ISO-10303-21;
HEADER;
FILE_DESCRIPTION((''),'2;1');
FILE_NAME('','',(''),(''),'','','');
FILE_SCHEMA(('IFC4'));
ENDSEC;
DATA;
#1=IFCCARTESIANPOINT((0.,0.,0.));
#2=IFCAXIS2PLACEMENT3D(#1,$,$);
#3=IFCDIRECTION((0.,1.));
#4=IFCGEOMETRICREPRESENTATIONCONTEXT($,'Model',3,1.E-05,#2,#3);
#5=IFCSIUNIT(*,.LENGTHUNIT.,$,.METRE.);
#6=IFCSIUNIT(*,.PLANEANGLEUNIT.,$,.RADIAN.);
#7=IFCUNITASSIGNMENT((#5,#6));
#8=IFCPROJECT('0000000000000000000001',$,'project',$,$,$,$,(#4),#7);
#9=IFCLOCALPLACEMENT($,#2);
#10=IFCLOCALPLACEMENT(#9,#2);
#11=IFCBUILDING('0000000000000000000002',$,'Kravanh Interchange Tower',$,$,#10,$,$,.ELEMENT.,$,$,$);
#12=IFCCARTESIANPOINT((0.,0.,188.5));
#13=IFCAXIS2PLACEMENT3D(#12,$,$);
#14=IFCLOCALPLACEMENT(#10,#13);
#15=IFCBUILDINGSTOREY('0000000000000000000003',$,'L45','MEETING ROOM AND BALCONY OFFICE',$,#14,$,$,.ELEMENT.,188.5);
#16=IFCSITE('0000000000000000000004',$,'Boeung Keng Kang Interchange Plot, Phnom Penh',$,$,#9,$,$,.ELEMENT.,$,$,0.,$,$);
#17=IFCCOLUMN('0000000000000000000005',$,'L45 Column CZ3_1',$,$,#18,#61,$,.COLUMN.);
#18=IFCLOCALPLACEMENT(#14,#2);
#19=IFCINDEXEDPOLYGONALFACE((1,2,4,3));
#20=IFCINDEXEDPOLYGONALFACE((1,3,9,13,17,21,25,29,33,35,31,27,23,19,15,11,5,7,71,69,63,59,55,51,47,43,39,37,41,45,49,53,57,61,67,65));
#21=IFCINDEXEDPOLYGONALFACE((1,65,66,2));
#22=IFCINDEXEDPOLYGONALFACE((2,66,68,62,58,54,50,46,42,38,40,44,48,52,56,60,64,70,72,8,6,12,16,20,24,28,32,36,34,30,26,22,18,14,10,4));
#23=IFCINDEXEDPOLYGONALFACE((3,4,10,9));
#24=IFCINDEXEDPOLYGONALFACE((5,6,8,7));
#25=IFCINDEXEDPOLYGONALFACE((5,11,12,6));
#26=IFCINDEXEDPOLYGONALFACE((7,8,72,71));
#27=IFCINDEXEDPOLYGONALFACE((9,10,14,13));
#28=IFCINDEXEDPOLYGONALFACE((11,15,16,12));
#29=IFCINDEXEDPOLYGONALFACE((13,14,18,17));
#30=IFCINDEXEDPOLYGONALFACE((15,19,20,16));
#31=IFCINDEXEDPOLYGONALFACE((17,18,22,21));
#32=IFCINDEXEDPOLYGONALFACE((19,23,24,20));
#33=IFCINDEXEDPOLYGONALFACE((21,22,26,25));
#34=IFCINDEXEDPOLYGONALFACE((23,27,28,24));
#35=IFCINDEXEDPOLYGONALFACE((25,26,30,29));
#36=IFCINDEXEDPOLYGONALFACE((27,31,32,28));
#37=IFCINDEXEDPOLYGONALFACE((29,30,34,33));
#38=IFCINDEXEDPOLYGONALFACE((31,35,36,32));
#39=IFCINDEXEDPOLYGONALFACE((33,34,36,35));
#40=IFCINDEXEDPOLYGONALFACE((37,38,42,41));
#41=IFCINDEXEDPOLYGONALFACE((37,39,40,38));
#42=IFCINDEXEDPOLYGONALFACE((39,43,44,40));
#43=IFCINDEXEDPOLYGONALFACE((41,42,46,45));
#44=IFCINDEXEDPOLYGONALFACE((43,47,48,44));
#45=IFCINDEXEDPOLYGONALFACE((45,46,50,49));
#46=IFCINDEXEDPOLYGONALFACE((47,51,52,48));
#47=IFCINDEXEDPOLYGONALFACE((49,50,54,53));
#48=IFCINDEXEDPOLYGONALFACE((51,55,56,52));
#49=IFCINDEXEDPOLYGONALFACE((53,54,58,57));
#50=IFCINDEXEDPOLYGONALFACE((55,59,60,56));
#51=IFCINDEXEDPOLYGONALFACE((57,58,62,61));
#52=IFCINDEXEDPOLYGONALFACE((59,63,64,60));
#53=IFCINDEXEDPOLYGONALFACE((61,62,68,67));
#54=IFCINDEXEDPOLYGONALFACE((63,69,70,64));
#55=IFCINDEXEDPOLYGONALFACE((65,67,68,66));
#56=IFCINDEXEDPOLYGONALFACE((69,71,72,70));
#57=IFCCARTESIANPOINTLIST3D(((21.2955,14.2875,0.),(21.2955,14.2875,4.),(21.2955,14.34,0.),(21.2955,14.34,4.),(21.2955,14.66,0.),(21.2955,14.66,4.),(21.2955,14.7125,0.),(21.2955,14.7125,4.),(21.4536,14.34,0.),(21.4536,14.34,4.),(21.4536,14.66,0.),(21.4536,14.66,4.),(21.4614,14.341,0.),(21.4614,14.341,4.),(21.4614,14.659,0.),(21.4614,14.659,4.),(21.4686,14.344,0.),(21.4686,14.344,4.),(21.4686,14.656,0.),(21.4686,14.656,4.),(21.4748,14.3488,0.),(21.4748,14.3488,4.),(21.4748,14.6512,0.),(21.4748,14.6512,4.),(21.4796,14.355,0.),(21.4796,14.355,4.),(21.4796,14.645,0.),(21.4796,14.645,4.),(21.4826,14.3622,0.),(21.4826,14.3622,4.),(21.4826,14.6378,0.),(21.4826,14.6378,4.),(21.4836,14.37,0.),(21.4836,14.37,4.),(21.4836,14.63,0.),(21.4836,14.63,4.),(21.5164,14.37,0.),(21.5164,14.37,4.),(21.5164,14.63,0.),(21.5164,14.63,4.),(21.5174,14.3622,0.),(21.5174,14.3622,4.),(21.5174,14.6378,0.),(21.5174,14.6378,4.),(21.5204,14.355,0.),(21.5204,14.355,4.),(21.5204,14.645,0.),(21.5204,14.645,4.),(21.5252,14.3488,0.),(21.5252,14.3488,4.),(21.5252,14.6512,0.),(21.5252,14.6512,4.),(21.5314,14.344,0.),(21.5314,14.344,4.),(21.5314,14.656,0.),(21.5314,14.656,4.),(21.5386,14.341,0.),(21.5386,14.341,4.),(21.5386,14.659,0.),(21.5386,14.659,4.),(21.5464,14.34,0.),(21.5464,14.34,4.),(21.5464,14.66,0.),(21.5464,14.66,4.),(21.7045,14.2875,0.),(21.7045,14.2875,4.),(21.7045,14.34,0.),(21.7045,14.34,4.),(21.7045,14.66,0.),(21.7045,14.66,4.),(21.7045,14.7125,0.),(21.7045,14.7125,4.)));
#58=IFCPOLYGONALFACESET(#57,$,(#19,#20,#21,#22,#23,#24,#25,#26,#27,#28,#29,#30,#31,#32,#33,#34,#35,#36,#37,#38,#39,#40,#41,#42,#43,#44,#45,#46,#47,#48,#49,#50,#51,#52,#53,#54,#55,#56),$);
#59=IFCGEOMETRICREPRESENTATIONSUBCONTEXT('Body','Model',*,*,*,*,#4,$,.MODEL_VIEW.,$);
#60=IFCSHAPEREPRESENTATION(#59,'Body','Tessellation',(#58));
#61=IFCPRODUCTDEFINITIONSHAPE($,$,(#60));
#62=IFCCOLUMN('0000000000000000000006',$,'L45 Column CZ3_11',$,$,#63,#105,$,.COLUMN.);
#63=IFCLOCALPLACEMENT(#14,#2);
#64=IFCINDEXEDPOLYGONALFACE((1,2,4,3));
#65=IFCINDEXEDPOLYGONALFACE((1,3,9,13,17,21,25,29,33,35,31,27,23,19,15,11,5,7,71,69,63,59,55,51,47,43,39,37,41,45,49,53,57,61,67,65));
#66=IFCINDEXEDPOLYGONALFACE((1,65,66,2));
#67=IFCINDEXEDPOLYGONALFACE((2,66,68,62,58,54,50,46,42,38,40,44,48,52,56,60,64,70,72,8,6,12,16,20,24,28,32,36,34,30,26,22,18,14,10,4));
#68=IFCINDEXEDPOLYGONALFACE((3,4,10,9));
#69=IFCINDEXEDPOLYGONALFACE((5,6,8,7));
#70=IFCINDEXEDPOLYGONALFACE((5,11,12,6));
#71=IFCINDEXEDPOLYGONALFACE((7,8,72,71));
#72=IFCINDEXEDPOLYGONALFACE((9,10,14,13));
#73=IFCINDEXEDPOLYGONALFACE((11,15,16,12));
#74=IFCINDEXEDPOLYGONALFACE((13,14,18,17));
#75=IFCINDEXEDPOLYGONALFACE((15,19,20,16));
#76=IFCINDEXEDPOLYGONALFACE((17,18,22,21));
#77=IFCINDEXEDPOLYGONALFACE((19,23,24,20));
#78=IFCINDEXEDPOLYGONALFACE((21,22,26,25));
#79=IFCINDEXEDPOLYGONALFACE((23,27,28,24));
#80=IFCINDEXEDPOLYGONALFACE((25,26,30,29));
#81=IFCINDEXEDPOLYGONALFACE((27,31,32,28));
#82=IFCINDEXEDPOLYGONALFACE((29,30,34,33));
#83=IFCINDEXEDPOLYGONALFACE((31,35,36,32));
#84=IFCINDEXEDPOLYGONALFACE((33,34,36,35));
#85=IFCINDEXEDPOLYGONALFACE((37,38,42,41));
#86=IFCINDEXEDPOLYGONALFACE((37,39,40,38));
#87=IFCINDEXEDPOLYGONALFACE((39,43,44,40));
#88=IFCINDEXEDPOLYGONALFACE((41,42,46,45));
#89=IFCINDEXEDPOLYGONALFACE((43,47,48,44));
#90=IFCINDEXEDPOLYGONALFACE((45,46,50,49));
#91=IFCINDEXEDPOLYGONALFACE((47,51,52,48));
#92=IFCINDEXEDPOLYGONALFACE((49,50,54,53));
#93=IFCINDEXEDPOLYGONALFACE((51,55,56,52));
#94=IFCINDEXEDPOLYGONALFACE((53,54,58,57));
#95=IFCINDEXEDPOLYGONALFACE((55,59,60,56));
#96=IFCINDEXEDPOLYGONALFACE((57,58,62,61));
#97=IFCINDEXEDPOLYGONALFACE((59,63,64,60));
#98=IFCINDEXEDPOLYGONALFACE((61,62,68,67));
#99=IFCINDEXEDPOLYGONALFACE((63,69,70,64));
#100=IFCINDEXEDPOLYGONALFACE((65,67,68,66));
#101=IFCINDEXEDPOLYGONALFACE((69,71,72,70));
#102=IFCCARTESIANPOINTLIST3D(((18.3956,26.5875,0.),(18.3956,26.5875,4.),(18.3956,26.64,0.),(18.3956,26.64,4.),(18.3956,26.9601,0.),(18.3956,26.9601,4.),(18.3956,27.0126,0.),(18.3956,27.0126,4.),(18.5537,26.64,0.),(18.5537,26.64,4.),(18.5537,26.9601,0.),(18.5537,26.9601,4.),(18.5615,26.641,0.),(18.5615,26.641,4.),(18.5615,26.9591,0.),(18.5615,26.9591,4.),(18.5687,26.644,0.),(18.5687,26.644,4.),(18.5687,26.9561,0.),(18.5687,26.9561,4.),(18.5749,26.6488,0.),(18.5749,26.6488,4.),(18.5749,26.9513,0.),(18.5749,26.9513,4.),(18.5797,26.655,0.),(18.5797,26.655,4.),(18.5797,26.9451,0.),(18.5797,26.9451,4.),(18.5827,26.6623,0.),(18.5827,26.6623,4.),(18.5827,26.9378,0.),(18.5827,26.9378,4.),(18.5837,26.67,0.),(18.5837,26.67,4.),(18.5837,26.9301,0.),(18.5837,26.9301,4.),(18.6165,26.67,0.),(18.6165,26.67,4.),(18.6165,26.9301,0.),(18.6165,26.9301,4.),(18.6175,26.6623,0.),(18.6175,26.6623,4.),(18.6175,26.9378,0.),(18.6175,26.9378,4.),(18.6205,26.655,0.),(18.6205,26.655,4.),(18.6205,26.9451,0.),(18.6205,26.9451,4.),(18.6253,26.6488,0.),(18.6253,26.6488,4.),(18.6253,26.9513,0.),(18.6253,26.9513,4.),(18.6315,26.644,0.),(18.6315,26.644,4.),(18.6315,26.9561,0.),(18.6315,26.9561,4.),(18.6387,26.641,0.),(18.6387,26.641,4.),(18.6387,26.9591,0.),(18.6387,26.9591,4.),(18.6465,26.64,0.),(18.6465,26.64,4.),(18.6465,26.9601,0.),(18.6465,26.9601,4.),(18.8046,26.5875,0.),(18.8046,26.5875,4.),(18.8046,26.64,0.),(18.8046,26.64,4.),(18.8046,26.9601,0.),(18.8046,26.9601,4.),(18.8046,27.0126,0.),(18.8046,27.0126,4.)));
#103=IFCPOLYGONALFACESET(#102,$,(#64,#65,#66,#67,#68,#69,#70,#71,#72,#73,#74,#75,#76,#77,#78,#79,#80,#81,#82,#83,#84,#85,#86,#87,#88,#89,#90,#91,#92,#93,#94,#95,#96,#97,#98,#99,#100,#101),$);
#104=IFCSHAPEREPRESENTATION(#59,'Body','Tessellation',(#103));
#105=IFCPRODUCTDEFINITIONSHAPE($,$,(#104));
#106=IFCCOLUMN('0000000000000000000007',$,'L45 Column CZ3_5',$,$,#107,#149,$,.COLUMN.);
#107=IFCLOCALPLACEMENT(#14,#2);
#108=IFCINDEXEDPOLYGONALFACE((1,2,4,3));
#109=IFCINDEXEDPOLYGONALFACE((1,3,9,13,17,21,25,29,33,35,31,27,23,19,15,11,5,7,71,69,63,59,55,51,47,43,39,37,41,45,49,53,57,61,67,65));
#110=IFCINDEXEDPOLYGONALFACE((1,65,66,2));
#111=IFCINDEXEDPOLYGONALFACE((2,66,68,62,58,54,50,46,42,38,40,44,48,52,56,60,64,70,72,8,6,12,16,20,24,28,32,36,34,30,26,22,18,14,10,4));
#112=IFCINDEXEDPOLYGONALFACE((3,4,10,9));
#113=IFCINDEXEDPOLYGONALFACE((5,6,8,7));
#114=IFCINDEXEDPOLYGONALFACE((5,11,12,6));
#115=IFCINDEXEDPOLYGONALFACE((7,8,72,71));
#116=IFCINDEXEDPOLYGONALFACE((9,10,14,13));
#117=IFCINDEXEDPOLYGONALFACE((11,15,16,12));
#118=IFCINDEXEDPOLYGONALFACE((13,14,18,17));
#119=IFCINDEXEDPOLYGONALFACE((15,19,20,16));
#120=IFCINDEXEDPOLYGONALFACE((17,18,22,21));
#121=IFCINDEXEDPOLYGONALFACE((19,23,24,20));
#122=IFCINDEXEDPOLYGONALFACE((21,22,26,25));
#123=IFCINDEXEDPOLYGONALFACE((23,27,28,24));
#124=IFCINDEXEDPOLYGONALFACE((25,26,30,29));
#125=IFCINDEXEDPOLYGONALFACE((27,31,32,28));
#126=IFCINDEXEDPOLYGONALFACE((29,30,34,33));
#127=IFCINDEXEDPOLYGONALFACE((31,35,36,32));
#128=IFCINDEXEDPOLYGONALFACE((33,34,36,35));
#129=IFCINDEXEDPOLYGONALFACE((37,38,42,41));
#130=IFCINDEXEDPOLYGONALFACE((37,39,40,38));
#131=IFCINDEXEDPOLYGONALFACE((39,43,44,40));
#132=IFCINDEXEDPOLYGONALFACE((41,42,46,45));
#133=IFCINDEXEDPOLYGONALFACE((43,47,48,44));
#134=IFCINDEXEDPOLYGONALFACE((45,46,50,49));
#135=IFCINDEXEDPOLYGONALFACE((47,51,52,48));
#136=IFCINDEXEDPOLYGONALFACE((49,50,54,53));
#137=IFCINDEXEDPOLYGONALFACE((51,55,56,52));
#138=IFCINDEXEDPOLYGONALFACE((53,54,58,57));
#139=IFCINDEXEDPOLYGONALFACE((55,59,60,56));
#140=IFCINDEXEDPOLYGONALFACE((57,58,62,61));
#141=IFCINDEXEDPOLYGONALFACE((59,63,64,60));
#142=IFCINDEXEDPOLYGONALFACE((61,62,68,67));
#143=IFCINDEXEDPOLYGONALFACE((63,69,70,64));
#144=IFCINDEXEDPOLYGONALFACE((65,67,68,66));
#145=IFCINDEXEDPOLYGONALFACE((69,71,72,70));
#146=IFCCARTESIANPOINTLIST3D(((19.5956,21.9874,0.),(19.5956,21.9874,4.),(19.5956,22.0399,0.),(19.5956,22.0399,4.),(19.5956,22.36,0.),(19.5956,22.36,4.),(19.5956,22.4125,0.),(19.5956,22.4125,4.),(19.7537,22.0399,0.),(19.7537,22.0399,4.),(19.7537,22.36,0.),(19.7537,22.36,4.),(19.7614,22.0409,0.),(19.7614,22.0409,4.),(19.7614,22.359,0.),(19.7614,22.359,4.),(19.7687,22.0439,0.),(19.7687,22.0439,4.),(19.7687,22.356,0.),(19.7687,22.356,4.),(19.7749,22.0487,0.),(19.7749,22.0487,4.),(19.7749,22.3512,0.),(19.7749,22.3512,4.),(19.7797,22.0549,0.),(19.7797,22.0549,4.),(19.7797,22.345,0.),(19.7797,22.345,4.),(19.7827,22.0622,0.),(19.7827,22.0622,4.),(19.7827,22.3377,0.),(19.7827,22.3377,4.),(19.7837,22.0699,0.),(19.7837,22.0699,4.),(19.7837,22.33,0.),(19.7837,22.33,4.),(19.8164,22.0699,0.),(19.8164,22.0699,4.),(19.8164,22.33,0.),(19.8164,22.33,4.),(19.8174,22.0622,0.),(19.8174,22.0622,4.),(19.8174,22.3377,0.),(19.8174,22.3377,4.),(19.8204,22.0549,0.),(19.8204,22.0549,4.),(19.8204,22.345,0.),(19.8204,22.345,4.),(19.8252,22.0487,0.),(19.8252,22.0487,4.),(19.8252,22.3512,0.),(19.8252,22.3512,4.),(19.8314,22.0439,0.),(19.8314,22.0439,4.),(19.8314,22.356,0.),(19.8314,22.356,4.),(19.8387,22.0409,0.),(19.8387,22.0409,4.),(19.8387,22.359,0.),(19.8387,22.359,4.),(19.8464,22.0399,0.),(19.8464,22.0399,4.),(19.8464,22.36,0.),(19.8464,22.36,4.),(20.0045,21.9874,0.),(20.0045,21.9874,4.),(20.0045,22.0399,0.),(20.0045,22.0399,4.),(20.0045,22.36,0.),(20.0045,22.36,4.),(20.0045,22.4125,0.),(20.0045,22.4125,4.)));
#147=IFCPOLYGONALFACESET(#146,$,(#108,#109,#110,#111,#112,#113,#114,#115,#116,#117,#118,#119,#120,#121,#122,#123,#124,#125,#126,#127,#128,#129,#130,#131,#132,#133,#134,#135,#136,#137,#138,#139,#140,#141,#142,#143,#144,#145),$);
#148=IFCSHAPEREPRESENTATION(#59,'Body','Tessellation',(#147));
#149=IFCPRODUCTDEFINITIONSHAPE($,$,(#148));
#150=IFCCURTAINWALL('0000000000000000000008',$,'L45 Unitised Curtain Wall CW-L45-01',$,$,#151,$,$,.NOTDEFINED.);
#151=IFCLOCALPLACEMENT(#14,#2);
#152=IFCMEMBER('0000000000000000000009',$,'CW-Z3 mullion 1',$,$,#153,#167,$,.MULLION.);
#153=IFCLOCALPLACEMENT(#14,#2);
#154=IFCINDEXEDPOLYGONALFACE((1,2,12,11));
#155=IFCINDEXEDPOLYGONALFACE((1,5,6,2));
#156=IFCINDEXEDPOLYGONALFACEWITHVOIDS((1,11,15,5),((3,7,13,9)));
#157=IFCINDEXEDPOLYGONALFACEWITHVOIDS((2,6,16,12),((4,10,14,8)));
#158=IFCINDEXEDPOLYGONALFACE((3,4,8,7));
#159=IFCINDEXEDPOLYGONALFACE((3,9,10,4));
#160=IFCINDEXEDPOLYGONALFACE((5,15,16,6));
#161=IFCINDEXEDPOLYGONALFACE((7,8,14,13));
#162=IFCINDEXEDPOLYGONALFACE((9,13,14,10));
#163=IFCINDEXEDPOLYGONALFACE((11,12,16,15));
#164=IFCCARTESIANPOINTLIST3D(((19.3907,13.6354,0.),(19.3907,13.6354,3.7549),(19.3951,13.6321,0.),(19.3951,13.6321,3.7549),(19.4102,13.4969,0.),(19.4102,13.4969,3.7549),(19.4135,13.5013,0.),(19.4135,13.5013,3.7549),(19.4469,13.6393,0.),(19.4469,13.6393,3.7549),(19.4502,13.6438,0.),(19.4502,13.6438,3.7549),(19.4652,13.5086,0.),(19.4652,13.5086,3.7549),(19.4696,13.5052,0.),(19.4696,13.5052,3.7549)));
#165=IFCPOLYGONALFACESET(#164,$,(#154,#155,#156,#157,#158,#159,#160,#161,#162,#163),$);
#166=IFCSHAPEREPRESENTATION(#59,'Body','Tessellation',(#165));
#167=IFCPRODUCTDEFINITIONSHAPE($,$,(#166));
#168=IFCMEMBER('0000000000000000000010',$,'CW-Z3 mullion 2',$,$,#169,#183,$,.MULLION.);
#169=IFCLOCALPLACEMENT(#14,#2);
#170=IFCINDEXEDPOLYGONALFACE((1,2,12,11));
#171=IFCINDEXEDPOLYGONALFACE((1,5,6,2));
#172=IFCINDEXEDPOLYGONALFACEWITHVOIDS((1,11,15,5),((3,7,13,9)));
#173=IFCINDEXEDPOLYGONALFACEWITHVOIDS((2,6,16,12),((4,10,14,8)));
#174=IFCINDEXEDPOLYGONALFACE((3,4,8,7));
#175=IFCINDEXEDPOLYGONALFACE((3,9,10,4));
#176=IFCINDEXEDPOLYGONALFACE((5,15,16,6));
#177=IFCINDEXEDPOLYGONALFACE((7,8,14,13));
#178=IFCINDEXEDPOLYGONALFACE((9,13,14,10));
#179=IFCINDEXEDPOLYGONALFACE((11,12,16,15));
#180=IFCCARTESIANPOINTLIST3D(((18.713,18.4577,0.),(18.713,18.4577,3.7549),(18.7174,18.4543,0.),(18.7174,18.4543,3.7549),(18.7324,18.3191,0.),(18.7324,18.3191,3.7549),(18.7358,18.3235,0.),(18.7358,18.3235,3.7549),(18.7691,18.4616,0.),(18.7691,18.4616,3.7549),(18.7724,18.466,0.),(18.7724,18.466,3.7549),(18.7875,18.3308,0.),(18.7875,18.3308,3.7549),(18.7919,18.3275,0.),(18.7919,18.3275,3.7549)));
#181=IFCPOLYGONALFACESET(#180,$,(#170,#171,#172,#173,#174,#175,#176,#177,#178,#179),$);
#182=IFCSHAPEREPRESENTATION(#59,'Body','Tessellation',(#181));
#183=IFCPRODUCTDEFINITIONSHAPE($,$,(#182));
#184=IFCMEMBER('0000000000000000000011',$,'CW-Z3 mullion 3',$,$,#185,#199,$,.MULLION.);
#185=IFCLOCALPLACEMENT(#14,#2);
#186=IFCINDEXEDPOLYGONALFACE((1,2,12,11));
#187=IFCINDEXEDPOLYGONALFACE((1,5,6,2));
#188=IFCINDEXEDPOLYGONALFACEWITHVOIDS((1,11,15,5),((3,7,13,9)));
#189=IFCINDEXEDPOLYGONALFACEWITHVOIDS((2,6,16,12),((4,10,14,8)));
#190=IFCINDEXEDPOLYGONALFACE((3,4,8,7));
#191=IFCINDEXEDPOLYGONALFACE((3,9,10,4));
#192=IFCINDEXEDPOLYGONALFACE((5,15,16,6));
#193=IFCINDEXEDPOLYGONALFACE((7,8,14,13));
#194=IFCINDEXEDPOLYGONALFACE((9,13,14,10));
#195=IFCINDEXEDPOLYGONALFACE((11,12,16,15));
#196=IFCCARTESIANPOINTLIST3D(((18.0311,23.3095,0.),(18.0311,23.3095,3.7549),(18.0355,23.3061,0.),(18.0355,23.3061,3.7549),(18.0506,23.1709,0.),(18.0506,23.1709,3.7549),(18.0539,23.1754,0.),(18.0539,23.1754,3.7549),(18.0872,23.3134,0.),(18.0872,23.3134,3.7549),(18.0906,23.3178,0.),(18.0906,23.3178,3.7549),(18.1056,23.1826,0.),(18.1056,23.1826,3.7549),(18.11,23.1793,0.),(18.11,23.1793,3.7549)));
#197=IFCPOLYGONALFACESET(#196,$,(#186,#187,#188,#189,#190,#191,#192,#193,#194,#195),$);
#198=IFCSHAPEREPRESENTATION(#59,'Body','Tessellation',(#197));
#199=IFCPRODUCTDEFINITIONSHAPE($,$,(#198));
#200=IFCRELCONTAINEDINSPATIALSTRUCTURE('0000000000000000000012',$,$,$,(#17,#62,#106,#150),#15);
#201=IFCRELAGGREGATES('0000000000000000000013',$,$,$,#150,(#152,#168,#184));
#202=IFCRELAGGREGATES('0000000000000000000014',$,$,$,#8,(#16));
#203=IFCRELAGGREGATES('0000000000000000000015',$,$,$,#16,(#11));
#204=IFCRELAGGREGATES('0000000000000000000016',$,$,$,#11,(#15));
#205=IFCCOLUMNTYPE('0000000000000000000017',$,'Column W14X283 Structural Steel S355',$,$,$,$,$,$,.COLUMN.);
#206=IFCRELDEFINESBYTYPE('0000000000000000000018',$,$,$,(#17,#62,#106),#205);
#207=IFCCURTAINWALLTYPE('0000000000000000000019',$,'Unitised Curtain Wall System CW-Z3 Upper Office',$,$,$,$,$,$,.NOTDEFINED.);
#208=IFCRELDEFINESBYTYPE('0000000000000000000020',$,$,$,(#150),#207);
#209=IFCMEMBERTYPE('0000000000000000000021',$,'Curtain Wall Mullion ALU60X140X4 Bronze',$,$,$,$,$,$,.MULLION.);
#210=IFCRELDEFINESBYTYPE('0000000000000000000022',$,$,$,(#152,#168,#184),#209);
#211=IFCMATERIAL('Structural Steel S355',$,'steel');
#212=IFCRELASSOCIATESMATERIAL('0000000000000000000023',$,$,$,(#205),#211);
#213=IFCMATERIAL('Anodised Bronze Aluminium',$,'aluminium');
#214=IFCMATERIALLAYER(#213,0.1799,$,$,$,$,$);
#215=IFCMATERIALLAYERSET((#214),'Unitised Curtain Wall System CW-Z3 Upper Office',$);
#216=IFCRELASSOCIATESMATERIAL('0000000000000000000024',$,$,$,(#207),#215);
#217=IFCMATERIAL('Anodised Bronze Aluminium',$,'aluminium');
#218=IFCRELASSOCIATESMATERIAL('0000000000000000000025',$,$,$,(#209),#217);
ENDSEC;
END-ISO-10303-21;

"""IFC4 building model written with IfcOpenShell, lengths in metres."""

from ifc_helpers import new_model, si_unit, direction, frame, origin, origin_2d, place, context, subcontext, project, spatial, hollow_rectangle, i_section, extrude, material, layer, layer_set, material_profile, profile_set, type_object, element, aggregate, save


model = new_model("IFC4")

# Units and contexts
model_context = context("Model", 3, precision=1e-05, world=origin(), true_north=direction((0.0, 1.0)))
body_context = subcontext(model_context, "Body", "Model", "MODEL_VIEW")
ifc_project = project(units=[si_unit("LENGTHUNIT", "METRE"), si_unit("PLANEANGLEUNIT", "RADIAN")], contexts=[model_context])

# Site, building, storey
site_placement = place(None, origin())
site = spatial("IfcSite", under=ifc_project, at=site_placement, Name="Boeung Keng Kang Interchange Plot, Phnom Penh", CompositionType="ELEMENT", RefElevation=0.0)
building_placement = place(site_placement, origin())
building = spatial("IfcBuilding", under=site, at=building_placement, Name="Kravanh Interchange Tower", CompositionType="ELEMENT")
storey_placement = place(building_placement, frame((0.0, 0.0, 188.5)))
storey = spatial("IfcBuildingStorey", under=building, at=storey_placement, Name="L45", Description="MEETING ROOM AND BALCONY OFFICE", CompositionType="ELEMENT", Elevation=188.5)

# Columns
ifc_material_1 = material(Name="Structural Steel S355", Category="steel")
ifc_material_profile_1 = material_profile(ifc_material_1, i_section(OverallWidth=0.4089, OverallDepth=0.425, WebThickness=0.0327, FlangeThickness=0.0525, FilletRadius=0.03, at=origin_2d()), Name="W14X283")
ifc_profile_set_1 = profile_set([ifc_material_profile_1], Name="Structural Steel S355")
column_type = type_object("IfcColumnType", Name="Column W14X283 Structural Steel S355", PredefinedType="COLUMN", material=ifc_profile_set_1)
for number, where, z_axis, x_axis, name in (
    (1, (21.5, 14.5, 0.0), (0.0, 0.0, 1.0), (1.0, 0.0, 0.0), "L45 Column CZ3_1"),
    (2, (18.6001, 26.8, 0.0), (0.0, 0.0, 1.0), (1.0, 0.0, 0.0), "L45 Column CZ3_11"),
    (3, (19.8, 22.2, 0.0), (0.0, 0.0, 1.0), (1.0, 0.0, 0.0), "L45 Column CZ3_5"),
):
    element("IfcColumn", number, at=place(storey_placement, frame(where, z_axis=z_axis, x_axis=x_axis)), inside=storey, type_object=column_type, Name=name, PredefinedType="COLUMN", context=body_context, shape_type="SweptSolid", body=[
        extrude(i_section(OverallWidth=0.4089, OverallDepth=0.425, WebThickness=0.0327, FlangeThickness=0.0525, FilletRadius=0.03, at=origin_2d()), origin(), (0.0, 0.0, 1.0), 4.0),
    ])

# Curtain wall, members
ifc_material_2 = material(Name="Anodised Bronze Aluminium", Category="aluminium")
ifc_layer_1 = layer(ifc_material_2, 0.1799)
ifc_layer_set_1 = layer_set([ifc_layer_1], Name="Unitised Curtain Wall System CW-Z3 Upper Office")
curtain_wall_type = type_object("IfcCurtainWallType", Name="Unitised Curtain Wall System CW-Z3 Upper Office", PredefinedType="NOTDEFINED", material=ifc_layer_set_1)
curtain_wall_1_placement = place(storey_placement, origin())
curtain_wall_1 = element("IfcCurtainWall", 4, at=curtain_wall_1_placement, inside=storey, type_object=curtain_wall_type, Name="L45 Unitised Curtain Wall CW-L45-01", PredefinedType="NOTDEFINED")
ifc_material_3 = material(Name="Anodised Bronze Aluminium", Category="aluminium")
ifc_material_profile_2 = material_profile(ifc_material_3, hollow_rectangle(XDim=0.0601, YDim=0.1399, WallThickness=0.0039, at=origin_2d()), Name="ALU60X140X4")
ifc_profile_set_2 = profile_set([ifc_material_profile_2], Name="Anodised Bronze Aluminium")
member_type_1 = type_object("IfcMemberType", Name="Curtain Wall Mullion ALU60X140X4 Bronze", PredefinedType="MULLION", material=ifc_profile_set_2)
member_1_placement = place(storey_placement, frame((19.4302, 13.5703, 0.0), z_axis=(0.0, 0.0, 1.0), x_axis=(-0.990268, -0.139172, 0.0)))
member_1 = element("IfcMember", 5, at=member_1_placement, type_object=member_type_1, Name="CW-Z3 mullion 1", PredefinedType="MULLION", context=body_context, shape_type="SweptSolid", body=[
    extrude(hollow_rectangle(XDim=0.0601, YDim=0.1399, WallThickness=0.0039, at=origin_2d()), origin(), (0.0, 0.0, 1.0), 3.7549),
])
member_2_placement = place(storey_placement, frame((18.7524, 18.3926, 0.0), z_axis=(0.0, 0.0, 1.0), x_axis=(-0.990268, -0.139172, 0.0)))
member_2 = element("IfcMember", 6, at=member_2_placement, type_object=member_type_1, Name="CW-Z3 mullion 2", PredefinedType="MULLION", context=body_context, shape_type="SweptSolid", body=[
    extrude(hollow_rectangle(XDim=0.0601, YDim=0.1399, WallThickness=0.0039, at=origin_2d()), origin(), (0.0, 0.0, 1.0), 3.7549),
])
member_3_placement = place(storey_placement, frame((18.0706, 23.2444, 0.0), z_axis=(0.0, 0.0, 1.0), x_axis=(-0.990268, -0.139172, 0.0)))
member_3 = element("IfcMember", 7, at=member_3_placement, type_object=member_type_1, Name="CW-Z3 mullion 3", PredefinedType="MULLION", context=body_context, shape_type="SweptSolid", body=[
    extrude(hollow_rectangle(XDim=0.0601, YDim=0.1399, WallThickness=0.0039, at=origin_2d()), origin(), (0.0, 0.0, 1.0), 3.7549),
])

aggregate(curtain_wall_1, [member_1, member_2, member_3])

save(model, "model.ifc")
